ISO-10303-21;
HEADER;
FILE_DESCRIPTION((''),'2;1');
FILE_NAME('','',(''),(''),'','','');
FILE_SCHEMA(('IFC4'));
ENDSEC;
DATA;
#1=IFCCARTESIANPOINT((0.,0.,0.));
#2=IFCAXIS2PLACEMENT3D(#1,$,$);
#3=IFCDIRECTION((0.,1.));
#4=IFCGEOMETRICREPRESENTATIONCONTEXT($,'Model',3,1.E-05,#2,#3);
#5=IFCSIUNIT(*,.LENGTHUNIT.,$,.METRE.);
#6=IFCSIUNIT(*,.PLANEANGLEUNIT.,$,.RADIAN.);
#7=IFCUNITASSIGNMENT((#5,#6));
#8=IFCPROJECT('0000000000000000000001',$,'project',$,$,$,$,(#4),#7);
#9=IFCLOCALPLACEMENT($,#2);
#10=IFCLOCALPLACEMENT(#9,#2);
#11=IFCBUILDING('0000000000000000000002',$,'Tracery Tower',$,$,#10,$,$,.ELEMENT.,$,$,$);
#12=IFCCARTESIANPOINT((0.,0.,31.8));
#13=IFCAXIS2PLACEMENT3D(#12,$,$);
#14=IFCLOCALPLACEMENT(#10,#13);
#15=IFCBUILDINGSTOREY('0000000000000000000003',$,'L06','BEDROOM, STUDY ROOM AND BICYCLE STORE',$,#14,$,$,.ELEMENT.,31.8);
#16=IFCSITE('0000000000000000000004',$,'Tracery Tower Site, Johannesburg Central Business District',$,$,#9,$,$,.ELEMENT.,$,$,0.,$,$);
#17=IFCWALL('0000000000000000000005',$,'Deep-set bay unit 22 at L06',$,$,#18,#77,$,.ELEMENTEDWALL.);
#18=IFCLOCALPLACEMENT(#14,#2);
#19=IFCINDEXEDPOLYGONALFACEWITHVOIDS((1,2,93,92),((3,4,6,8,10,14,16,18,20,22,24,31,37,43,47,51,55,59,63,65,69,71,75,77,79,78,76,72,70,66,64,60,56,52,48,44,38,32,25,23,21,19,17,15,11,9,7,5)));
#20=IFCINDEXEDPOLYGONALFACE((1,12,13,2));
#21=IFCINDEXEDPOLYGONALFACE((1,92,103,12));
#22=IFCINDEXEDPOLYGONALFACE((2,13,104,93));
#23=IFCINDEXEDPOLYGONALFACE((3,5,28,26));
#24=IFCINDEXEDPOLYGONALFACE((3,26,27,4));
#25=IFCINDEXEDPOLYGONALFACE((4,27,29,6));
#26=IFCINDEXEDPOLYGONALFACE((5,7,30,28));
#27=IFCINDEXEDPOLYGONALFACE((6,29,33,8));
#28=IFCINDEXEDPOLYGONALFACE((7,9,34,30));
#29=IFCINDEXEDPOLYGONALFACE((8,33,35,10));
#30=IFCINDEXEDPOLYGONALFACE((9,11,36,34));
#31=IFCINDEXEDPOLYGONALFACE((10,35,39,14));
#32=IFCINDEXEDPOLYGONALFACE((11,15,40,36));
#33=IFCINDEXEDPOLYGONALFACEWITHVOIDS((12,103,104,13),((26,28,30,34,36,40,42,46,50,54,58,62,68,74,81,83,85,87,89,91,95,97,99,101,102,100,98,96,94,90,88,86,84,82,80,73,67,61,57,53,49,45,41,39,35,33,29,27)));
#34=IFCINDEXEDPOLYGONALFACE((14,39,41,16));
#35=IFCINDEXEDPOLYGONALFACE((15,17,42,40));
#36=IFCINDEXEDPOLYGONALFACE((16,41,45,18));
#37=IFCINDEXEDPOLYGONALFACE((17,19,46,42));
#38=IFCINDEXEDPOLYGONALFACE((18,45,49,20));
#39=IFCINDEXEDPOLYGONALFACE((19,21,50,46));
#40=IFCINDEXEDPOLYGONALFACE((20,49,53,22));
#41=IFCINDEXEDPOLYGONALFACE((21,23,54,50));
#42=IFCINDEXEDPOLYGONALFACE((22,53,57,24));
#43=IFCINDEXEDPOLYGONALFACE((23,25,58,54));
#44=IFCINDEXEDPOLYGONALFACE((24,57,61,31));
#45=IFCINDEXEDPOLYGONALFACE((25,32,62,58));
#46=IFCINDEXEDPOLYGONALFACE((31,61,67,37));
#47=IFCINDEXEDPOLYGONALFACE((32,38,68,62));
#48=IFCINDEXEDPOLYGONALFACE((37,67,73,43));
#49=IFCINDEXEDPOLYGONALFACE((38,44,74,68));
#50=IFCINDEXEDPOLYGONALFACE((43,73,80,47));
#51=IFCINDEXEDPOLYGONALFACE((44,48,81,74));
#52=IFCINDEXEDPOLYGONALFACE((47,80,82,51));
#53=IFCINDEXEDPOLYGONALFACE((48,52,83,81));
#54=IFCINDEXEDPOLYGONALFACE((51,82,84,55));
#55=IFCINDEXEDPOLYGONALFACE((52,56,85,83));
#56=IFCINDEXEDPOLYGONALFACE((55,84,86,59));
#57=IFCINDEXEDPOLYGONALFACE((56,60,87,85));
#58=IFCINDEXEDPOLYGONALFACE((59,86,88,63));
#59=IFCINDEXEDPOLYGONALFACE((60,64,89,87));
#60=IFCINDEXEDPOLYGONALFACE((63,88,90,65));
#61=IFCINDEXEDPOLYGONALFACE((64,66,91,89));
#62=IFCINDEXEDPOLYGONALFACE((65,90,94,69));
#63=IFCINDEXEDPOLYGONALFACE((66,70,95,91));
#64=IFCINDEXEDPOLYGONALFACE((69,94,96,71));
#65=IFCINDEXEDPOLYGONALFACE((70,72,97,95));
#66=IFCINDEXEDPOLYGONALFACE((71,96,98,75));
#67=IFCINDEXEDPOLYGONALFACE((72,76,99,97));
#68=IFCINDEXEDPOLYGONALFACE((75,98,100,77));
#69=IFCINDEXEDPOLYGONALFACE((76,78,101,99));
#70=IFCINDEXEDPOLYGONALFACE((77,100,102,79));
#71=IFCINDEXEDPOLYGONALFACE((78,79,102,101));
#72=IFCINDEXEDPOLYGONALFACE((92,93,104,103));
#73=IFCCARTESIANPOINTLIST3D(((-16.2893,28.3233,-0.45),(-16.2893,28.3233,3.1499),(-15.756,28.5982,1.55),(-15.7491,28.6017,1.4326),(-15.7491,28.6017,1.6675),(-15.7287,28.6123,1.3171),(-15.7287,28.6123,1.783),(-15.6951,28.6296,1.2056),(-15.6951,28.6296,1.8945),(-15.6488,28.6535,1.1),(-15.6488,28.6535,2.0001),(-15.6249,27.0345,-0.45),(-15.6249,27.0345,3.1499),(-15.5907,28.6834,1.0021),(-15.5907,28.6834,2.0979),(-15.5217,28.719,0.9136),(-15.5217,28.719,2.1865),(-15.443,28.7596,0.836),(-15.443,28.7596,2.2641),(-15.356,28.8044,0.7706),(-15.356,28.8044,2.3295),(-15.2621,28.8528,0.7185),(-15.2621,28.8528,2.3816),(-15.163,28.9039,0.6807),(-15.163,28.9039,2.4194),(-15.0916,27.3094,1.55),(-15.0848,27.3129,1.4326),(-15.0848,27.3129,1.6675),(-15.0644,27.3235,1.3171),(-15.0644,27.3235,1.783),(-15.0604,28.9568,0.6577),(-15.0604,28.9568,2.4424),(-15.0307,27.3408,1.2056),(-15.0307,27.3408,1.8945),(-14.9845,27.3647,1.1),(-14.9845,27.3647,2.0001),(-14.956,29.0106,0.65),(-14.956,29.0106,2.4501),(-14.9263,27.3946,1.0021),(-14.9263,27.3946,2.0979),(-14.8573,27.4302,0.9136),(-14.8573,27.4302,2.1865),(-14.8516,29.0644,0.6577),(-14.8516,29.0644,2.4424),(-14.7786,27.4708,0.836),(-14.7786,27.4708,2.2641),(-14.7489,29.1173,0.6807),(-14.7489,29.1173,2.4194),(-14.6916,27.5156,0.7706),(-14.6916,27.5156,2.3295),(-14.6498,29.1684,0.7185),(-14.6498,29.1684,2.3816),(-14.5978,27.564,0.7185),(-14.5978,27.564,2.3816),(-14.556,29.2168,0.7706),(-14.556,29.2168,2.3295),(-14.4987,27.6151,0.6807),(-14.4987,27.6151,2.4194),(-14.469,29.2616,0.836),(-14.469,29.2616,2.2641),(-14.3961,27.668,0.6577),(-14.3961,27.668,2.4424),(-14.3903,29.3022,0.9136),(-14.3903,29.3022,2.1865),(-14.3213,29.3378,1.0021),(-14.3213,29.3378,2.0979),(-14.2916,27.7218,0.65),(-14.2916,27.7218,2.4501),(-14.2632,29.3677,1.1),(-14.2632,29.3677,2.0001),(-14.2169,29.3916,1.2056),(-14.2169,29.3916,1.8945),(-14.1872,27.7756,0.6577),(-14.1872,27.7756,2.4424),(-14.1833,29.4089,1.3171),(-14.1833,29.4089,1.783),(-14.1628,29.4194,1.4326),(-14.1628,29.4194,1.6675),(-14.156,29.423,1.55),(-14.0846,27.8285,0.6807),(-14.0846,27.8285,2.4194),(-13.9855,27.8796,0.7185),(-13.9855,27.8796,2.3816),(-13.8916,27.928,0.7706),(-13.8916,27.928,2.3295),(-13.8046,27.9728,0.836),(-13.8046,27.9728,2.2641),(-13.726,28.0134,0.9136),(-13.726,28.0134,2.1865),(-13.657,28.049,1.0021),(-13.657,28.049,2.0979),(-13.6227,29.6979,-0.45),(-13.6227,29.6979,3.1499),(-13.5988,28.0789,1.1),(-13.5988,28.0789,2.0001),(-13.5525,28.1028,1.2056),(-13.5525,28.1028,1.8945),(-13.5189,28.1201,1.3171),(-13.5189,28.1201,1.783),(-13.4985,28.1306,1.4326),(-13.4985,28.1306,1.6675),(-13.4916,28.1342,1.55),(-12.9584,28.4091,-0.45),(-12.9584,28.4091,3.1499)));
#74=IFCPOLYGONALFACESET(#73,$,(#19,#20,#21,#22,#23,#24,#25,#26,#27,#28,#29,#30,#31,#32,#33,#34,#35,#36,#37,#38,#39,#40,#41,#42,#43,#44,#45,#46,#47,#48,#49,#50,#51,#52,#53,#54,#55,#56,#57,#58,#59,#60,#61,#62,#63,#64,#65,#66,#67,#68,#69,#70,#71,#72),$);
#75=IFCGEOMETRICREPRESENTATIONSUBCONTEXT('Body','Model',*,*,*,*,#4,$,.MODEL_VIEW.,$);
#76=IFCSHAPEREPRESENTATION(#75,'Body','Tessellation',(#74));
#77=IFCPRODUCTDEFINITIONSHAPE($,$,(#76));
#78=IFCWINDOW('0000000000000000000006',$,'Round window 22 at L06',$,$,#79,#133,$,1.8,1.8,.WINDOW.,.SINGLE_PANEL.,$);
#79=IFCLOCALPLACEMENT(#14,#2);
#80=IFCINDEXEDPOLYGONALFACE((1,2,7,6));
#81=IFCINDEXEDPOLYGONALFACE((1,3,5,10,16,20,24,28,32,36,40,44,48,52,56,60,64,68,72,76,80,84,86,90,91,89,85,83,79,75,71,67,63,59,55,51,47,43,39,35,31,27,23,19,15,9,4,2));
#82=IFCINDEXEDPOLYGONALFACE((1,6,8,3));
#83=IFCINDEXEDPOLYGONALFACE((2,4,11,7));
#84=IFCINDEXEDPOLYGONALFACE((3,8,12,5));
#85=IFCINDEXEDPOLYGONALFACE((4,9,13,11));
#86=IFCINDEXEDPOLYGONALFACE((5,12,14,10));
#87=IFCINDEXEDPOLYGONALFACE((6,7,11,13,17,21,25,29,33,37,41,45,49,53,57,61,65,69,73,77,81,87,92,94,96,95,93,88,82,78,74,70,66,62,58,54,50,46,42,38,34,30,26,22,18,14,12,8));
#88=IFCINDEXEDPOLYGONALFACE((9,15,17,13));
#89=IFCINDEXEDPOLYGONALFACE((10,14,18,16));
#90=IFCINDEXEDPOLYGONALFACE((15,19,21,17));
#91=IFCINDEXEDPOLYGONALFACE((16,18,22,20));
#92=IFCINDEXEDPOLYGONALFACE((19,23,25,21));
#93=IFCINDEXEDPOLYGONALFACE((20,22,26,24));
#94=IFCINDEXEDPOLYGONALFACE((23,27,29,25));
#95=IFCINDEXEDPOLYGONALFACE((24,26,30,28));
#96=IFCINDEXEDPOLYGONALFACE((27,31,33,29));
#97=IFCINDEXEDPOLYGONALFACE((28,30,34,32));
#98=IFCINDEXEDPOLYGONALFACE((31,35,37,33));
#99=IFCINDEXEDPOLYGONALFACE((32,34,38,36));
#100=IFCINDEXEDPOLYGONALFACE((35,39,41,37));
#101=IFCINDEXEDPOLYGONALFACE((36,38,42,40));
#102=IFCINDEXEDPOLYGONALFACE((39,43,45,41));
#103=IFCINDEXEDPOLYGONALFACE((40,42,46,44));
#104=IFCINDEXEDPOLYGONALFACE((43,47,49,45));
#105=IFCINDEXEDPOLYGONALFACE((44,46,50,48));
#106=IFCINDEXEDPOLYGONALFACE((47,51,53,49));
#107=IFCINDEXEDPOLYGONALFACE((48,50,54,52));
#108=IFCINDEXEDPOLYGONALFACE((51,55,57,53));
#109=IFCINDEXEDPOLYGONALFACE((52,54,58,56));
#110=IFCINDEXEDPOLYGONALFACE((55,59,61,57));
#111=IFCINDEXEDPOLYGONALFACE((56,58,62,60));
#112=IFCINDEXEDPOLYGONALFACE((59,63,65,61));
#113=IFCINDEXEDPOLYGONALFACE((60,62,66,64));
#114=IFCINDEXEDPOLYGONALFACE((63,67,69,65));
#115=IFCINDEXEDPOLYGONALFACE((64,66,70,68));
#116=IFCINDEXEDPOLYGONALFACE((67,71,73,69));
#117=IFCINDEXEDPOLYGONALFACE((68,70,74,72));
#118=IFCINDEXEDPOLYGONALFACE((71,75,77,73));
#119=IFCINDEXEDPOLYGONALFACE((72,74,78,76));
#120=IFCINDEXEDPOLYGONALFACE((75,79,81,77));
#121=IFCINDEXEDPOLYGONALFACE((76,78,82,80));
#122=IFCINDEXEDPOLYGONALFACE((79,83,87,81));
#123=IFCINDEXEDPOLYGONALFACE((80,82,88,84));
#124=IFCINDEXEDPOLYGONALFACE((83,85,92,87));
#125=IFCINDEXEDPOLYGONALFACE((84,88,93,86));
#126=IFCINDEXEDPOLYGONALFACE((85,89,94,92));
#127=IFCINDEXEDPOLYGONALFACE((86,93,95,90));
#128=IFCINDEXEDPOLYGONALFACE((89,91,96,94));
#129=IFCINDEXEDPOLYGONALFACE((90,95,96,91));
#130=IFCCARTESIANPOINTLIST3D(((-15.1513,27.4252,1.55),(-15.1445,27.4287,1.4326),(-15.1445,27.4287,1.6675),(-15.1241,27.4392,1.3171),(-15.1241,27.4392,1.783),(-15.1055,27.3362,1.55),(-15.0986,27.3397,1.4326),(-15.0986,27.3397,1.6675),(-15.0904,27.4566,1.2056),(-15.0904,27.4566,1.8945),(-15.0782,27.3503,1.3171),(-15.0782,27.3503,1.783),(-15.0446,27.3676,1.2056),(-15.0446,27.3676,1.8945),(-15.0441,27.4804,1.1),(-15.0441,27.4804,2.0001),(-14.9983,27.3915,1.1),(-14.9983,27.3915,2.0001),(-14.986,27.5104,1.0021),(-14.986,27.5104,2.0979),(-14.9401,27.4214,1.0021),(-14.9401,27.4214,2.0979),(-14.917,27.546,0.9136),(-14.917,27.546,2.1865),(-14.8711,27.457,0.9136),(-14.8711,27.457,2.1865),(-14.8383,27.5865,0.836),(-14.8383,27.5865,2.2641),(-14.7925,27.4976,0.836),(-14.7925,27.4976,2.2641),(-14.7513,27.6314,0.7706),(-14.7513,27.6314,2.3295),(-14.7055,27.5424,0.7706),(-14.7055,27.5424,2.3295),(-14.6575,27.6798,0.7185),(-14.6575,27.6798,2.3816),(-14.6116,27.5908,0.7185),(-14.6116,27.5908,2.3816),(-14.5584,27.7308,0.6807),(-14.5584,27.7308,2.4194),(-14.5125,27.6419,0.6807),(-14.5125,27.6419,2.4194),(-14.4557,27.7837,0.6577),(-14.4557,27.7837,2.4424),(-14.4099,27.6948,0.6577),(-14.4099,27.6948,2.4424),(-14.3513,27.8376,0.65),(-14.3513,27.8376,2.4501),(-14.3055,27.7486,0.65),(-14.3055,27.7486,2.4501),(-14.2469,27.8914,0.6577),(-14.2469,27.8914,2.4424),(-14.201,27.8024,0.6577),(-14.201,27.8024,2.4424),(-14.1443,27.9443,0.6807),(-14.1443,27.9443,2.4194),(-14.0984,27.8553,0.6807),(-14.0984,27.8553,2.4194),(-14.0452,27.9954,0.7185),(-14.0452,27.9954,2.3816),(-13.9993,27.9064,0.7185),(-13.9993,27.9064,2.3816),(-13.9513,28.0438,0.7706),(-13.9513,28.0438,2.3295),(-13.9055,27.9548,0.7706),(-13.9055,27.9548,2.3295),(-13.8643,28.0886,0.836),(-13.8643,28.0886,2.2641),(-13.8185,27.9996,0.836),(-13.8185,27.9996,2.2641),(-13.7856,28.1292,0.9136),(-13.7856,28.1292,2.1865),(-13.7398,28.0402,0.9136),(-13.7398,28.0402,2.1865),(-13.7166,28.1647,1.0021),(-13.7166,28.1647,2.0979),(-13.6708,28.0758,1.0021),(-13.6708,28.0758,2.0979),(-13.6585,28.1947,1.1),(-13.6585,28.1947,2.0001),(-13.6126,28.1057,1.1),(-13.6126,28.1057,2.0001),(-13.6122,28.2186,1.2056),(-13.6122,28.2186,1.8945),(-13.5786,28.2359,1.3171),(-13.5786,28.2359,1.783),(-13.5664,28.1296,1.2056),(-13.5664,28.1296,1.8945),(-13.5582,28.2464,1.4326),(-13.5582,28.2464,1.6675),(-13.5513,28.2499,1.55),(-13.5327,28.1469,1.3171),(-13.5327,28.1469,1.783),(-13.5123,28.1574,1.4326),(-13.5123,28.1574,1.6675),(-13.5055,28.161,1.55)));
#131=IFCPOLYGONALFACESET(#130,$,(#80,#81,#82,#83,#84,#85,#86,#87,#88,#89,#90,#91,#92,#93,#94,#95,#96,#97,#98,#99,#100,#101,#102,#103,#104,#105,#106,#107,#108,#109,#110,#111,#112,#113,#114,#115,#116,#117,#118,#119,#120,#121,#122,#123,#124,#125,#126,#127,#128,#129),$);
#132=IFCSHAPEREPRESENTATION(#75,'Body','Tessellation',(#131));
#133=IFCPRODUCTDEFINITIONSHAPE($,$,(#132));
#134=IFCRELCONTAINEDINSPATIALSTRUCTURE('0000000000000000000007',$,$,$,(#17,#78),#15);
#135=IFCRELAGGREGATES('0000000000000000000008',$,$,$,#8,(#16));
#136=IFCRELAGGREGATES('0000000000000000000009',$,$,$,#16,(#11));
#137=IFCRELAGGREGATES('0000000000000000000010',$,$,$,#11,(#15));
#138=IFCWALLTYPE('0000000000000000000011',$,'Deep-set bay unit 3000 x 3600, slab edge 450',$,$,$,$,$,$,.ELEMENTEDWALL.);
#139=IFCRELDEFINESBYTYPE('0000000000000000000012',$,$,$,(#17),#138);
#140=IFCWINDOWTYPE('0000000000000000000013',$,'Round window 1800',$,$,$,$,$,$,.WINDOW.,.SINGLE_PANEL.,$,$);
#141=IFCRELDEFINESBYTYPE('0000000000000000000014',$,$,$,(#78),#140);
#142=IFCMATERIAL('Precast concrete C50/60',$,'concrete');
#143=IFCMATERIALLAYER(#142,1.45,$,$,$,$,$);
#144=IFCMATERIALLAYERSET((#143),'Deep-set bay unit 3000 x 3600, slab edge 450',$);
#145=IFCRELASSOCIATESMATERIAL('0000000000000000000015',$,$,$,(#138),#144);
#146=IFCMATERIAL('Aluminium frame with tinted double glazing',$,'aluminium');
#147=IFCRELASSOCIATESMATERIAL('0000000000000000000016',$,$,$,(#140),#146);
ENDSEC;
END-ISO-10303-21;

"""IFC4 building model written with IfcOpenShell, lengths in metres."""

from ifc_helpers import new_model, si_unit, direction, frame, frame_2d, origin, origin_2d, place, context, subcontext, project, spatial, rectangle, circle, extrude, material, layer, layer_set, type_object, element, fill, save


model = new_model("IFC4")

# Units and contexts
model_context = context("Model", 3, precision=1e-05, world=origin(), true_north=direction((0.0, 1.0)))
body_context = subcontext(model_context, "Body", "Model", "MODEL_VIEW")
ifc_project = project(units=[si_unit("LENGTHUNIT", "METRE"), si_unit("PLANEANGLEUNIT", "RADIAN")], contexts=[model_context])

# Site, building, storey
site_placement = place(None, origin())
site = spatial("IfcSite", under=ifc_project, at=site_placement, Name="Tracery Tower Site, Johannesburg Central Business District", CompositionType="ELEMENT", RefElevation=0.0)
building_placement = place(site_placement, origin())
building = spatial("IfcBuilding", under=site, at=building_placement, Name="Tracery Tower", CompositionType="ELEMENT")
storey_placement = place(building_placement, frame((0.0, 0.0, 31.8)))
storey = spatial("IfcBuildingStorey", under=building, at=storey_placement, Name="L06", Description="BEDROOM, STUDY ROOM AND BICYCLE STORE", CompositionType="ELEMENT", Elevation=31.8)

# Wall, opening, window
ifc_material_1 = material(Name="Precast concrete C50/60", Category="concrete")
ifc_layer_1 = layer(ifc_material_1, 1.45)
ifc_layer_set_1 = layer_set([ifc_layer_1], Name="Deep-set bay unit 3000 x 3600, slab edge 450")
wall_type_1 = type_object("IfcWallType", Name="Deep-set bay unit 3000 x 3600, slab edge 450", PredefinedType="ELEMENTEDWALL", material=ifc_layer_set_1)
ifc_material_2 = material(Name="Aluminium frame with tinted double glazing", Category="aluminium")
window_type = type_object("IfcWindowType", Name="Round window 1800", PartitioningType="SINGLE_PANEL", PredefinedType="WINDOW", material=ifc_material_2)
wall_1_placement = place(storey_placement, frame((-13.2905, 29.0535, -0.45), z_axis=(0.0, 0.0, 1.0), x_axis=(-0.888858, -0.458183, 0.0)))
wall_1 = element("IfcWall", 1, at=wall_1_placement, inside=storey, type_object=wall_type_1, Name="Deep-set bay unit 22 at L06", PredefinedType="ELEMENTEDWALL", context=body_context, shape_type="SweptSolid", body=[
    extrude(rectangle(XDim=3.0, YDim=1.45, at=frame_2d((1.5, 0.0))), origin(), (0.0, 0.0, 1.0), 3.5999),
])
opening_1_placement = place(wall_1_placement, frame((1.5, 0.0, 2.0)))
opening_1 = element("IfcOpeningElement", 2, at=opening_1_placement, cuts=wall_1, PredefinedType="OPENING", context=body_context, shape_type="SweptSolid", body=[
    extrude(circle(Radius=0.9, at=origin_2d()), frame((0.0, 0.7349, 0.0), z_axis=(0.0, -1.0, 0.0), x_axis=(1.0, 0.0, 0.0)), (0.0, 0.0, 1.0), 1.47),
])
window_1_placement = place(opening_1_placement, origin())
window_1 = element("IfcWindow", 3, at=window_1_placement, inside=storey, type_object=window_type, Name="Round window 22 at L06", OverallHeight=1.8, OverallWidth=1.8, PartitioningType="SINGLE_PANEL", PredefinedType="WINDOW", context=body_context, shape_type="SweptSolid", body=[
    extrude(circle(Radius=0.9, at=origin_2d()), frame((0.0, 0.6948, 0.0), z_axis=(0.0, -1.0, 0.0), x_axis=(1.0, 0.0, 0.0)), (0.0, 0.0, 1.0), 0.1001),
])
fill(opening_1, window_1)

save(model, "model.ifc")
